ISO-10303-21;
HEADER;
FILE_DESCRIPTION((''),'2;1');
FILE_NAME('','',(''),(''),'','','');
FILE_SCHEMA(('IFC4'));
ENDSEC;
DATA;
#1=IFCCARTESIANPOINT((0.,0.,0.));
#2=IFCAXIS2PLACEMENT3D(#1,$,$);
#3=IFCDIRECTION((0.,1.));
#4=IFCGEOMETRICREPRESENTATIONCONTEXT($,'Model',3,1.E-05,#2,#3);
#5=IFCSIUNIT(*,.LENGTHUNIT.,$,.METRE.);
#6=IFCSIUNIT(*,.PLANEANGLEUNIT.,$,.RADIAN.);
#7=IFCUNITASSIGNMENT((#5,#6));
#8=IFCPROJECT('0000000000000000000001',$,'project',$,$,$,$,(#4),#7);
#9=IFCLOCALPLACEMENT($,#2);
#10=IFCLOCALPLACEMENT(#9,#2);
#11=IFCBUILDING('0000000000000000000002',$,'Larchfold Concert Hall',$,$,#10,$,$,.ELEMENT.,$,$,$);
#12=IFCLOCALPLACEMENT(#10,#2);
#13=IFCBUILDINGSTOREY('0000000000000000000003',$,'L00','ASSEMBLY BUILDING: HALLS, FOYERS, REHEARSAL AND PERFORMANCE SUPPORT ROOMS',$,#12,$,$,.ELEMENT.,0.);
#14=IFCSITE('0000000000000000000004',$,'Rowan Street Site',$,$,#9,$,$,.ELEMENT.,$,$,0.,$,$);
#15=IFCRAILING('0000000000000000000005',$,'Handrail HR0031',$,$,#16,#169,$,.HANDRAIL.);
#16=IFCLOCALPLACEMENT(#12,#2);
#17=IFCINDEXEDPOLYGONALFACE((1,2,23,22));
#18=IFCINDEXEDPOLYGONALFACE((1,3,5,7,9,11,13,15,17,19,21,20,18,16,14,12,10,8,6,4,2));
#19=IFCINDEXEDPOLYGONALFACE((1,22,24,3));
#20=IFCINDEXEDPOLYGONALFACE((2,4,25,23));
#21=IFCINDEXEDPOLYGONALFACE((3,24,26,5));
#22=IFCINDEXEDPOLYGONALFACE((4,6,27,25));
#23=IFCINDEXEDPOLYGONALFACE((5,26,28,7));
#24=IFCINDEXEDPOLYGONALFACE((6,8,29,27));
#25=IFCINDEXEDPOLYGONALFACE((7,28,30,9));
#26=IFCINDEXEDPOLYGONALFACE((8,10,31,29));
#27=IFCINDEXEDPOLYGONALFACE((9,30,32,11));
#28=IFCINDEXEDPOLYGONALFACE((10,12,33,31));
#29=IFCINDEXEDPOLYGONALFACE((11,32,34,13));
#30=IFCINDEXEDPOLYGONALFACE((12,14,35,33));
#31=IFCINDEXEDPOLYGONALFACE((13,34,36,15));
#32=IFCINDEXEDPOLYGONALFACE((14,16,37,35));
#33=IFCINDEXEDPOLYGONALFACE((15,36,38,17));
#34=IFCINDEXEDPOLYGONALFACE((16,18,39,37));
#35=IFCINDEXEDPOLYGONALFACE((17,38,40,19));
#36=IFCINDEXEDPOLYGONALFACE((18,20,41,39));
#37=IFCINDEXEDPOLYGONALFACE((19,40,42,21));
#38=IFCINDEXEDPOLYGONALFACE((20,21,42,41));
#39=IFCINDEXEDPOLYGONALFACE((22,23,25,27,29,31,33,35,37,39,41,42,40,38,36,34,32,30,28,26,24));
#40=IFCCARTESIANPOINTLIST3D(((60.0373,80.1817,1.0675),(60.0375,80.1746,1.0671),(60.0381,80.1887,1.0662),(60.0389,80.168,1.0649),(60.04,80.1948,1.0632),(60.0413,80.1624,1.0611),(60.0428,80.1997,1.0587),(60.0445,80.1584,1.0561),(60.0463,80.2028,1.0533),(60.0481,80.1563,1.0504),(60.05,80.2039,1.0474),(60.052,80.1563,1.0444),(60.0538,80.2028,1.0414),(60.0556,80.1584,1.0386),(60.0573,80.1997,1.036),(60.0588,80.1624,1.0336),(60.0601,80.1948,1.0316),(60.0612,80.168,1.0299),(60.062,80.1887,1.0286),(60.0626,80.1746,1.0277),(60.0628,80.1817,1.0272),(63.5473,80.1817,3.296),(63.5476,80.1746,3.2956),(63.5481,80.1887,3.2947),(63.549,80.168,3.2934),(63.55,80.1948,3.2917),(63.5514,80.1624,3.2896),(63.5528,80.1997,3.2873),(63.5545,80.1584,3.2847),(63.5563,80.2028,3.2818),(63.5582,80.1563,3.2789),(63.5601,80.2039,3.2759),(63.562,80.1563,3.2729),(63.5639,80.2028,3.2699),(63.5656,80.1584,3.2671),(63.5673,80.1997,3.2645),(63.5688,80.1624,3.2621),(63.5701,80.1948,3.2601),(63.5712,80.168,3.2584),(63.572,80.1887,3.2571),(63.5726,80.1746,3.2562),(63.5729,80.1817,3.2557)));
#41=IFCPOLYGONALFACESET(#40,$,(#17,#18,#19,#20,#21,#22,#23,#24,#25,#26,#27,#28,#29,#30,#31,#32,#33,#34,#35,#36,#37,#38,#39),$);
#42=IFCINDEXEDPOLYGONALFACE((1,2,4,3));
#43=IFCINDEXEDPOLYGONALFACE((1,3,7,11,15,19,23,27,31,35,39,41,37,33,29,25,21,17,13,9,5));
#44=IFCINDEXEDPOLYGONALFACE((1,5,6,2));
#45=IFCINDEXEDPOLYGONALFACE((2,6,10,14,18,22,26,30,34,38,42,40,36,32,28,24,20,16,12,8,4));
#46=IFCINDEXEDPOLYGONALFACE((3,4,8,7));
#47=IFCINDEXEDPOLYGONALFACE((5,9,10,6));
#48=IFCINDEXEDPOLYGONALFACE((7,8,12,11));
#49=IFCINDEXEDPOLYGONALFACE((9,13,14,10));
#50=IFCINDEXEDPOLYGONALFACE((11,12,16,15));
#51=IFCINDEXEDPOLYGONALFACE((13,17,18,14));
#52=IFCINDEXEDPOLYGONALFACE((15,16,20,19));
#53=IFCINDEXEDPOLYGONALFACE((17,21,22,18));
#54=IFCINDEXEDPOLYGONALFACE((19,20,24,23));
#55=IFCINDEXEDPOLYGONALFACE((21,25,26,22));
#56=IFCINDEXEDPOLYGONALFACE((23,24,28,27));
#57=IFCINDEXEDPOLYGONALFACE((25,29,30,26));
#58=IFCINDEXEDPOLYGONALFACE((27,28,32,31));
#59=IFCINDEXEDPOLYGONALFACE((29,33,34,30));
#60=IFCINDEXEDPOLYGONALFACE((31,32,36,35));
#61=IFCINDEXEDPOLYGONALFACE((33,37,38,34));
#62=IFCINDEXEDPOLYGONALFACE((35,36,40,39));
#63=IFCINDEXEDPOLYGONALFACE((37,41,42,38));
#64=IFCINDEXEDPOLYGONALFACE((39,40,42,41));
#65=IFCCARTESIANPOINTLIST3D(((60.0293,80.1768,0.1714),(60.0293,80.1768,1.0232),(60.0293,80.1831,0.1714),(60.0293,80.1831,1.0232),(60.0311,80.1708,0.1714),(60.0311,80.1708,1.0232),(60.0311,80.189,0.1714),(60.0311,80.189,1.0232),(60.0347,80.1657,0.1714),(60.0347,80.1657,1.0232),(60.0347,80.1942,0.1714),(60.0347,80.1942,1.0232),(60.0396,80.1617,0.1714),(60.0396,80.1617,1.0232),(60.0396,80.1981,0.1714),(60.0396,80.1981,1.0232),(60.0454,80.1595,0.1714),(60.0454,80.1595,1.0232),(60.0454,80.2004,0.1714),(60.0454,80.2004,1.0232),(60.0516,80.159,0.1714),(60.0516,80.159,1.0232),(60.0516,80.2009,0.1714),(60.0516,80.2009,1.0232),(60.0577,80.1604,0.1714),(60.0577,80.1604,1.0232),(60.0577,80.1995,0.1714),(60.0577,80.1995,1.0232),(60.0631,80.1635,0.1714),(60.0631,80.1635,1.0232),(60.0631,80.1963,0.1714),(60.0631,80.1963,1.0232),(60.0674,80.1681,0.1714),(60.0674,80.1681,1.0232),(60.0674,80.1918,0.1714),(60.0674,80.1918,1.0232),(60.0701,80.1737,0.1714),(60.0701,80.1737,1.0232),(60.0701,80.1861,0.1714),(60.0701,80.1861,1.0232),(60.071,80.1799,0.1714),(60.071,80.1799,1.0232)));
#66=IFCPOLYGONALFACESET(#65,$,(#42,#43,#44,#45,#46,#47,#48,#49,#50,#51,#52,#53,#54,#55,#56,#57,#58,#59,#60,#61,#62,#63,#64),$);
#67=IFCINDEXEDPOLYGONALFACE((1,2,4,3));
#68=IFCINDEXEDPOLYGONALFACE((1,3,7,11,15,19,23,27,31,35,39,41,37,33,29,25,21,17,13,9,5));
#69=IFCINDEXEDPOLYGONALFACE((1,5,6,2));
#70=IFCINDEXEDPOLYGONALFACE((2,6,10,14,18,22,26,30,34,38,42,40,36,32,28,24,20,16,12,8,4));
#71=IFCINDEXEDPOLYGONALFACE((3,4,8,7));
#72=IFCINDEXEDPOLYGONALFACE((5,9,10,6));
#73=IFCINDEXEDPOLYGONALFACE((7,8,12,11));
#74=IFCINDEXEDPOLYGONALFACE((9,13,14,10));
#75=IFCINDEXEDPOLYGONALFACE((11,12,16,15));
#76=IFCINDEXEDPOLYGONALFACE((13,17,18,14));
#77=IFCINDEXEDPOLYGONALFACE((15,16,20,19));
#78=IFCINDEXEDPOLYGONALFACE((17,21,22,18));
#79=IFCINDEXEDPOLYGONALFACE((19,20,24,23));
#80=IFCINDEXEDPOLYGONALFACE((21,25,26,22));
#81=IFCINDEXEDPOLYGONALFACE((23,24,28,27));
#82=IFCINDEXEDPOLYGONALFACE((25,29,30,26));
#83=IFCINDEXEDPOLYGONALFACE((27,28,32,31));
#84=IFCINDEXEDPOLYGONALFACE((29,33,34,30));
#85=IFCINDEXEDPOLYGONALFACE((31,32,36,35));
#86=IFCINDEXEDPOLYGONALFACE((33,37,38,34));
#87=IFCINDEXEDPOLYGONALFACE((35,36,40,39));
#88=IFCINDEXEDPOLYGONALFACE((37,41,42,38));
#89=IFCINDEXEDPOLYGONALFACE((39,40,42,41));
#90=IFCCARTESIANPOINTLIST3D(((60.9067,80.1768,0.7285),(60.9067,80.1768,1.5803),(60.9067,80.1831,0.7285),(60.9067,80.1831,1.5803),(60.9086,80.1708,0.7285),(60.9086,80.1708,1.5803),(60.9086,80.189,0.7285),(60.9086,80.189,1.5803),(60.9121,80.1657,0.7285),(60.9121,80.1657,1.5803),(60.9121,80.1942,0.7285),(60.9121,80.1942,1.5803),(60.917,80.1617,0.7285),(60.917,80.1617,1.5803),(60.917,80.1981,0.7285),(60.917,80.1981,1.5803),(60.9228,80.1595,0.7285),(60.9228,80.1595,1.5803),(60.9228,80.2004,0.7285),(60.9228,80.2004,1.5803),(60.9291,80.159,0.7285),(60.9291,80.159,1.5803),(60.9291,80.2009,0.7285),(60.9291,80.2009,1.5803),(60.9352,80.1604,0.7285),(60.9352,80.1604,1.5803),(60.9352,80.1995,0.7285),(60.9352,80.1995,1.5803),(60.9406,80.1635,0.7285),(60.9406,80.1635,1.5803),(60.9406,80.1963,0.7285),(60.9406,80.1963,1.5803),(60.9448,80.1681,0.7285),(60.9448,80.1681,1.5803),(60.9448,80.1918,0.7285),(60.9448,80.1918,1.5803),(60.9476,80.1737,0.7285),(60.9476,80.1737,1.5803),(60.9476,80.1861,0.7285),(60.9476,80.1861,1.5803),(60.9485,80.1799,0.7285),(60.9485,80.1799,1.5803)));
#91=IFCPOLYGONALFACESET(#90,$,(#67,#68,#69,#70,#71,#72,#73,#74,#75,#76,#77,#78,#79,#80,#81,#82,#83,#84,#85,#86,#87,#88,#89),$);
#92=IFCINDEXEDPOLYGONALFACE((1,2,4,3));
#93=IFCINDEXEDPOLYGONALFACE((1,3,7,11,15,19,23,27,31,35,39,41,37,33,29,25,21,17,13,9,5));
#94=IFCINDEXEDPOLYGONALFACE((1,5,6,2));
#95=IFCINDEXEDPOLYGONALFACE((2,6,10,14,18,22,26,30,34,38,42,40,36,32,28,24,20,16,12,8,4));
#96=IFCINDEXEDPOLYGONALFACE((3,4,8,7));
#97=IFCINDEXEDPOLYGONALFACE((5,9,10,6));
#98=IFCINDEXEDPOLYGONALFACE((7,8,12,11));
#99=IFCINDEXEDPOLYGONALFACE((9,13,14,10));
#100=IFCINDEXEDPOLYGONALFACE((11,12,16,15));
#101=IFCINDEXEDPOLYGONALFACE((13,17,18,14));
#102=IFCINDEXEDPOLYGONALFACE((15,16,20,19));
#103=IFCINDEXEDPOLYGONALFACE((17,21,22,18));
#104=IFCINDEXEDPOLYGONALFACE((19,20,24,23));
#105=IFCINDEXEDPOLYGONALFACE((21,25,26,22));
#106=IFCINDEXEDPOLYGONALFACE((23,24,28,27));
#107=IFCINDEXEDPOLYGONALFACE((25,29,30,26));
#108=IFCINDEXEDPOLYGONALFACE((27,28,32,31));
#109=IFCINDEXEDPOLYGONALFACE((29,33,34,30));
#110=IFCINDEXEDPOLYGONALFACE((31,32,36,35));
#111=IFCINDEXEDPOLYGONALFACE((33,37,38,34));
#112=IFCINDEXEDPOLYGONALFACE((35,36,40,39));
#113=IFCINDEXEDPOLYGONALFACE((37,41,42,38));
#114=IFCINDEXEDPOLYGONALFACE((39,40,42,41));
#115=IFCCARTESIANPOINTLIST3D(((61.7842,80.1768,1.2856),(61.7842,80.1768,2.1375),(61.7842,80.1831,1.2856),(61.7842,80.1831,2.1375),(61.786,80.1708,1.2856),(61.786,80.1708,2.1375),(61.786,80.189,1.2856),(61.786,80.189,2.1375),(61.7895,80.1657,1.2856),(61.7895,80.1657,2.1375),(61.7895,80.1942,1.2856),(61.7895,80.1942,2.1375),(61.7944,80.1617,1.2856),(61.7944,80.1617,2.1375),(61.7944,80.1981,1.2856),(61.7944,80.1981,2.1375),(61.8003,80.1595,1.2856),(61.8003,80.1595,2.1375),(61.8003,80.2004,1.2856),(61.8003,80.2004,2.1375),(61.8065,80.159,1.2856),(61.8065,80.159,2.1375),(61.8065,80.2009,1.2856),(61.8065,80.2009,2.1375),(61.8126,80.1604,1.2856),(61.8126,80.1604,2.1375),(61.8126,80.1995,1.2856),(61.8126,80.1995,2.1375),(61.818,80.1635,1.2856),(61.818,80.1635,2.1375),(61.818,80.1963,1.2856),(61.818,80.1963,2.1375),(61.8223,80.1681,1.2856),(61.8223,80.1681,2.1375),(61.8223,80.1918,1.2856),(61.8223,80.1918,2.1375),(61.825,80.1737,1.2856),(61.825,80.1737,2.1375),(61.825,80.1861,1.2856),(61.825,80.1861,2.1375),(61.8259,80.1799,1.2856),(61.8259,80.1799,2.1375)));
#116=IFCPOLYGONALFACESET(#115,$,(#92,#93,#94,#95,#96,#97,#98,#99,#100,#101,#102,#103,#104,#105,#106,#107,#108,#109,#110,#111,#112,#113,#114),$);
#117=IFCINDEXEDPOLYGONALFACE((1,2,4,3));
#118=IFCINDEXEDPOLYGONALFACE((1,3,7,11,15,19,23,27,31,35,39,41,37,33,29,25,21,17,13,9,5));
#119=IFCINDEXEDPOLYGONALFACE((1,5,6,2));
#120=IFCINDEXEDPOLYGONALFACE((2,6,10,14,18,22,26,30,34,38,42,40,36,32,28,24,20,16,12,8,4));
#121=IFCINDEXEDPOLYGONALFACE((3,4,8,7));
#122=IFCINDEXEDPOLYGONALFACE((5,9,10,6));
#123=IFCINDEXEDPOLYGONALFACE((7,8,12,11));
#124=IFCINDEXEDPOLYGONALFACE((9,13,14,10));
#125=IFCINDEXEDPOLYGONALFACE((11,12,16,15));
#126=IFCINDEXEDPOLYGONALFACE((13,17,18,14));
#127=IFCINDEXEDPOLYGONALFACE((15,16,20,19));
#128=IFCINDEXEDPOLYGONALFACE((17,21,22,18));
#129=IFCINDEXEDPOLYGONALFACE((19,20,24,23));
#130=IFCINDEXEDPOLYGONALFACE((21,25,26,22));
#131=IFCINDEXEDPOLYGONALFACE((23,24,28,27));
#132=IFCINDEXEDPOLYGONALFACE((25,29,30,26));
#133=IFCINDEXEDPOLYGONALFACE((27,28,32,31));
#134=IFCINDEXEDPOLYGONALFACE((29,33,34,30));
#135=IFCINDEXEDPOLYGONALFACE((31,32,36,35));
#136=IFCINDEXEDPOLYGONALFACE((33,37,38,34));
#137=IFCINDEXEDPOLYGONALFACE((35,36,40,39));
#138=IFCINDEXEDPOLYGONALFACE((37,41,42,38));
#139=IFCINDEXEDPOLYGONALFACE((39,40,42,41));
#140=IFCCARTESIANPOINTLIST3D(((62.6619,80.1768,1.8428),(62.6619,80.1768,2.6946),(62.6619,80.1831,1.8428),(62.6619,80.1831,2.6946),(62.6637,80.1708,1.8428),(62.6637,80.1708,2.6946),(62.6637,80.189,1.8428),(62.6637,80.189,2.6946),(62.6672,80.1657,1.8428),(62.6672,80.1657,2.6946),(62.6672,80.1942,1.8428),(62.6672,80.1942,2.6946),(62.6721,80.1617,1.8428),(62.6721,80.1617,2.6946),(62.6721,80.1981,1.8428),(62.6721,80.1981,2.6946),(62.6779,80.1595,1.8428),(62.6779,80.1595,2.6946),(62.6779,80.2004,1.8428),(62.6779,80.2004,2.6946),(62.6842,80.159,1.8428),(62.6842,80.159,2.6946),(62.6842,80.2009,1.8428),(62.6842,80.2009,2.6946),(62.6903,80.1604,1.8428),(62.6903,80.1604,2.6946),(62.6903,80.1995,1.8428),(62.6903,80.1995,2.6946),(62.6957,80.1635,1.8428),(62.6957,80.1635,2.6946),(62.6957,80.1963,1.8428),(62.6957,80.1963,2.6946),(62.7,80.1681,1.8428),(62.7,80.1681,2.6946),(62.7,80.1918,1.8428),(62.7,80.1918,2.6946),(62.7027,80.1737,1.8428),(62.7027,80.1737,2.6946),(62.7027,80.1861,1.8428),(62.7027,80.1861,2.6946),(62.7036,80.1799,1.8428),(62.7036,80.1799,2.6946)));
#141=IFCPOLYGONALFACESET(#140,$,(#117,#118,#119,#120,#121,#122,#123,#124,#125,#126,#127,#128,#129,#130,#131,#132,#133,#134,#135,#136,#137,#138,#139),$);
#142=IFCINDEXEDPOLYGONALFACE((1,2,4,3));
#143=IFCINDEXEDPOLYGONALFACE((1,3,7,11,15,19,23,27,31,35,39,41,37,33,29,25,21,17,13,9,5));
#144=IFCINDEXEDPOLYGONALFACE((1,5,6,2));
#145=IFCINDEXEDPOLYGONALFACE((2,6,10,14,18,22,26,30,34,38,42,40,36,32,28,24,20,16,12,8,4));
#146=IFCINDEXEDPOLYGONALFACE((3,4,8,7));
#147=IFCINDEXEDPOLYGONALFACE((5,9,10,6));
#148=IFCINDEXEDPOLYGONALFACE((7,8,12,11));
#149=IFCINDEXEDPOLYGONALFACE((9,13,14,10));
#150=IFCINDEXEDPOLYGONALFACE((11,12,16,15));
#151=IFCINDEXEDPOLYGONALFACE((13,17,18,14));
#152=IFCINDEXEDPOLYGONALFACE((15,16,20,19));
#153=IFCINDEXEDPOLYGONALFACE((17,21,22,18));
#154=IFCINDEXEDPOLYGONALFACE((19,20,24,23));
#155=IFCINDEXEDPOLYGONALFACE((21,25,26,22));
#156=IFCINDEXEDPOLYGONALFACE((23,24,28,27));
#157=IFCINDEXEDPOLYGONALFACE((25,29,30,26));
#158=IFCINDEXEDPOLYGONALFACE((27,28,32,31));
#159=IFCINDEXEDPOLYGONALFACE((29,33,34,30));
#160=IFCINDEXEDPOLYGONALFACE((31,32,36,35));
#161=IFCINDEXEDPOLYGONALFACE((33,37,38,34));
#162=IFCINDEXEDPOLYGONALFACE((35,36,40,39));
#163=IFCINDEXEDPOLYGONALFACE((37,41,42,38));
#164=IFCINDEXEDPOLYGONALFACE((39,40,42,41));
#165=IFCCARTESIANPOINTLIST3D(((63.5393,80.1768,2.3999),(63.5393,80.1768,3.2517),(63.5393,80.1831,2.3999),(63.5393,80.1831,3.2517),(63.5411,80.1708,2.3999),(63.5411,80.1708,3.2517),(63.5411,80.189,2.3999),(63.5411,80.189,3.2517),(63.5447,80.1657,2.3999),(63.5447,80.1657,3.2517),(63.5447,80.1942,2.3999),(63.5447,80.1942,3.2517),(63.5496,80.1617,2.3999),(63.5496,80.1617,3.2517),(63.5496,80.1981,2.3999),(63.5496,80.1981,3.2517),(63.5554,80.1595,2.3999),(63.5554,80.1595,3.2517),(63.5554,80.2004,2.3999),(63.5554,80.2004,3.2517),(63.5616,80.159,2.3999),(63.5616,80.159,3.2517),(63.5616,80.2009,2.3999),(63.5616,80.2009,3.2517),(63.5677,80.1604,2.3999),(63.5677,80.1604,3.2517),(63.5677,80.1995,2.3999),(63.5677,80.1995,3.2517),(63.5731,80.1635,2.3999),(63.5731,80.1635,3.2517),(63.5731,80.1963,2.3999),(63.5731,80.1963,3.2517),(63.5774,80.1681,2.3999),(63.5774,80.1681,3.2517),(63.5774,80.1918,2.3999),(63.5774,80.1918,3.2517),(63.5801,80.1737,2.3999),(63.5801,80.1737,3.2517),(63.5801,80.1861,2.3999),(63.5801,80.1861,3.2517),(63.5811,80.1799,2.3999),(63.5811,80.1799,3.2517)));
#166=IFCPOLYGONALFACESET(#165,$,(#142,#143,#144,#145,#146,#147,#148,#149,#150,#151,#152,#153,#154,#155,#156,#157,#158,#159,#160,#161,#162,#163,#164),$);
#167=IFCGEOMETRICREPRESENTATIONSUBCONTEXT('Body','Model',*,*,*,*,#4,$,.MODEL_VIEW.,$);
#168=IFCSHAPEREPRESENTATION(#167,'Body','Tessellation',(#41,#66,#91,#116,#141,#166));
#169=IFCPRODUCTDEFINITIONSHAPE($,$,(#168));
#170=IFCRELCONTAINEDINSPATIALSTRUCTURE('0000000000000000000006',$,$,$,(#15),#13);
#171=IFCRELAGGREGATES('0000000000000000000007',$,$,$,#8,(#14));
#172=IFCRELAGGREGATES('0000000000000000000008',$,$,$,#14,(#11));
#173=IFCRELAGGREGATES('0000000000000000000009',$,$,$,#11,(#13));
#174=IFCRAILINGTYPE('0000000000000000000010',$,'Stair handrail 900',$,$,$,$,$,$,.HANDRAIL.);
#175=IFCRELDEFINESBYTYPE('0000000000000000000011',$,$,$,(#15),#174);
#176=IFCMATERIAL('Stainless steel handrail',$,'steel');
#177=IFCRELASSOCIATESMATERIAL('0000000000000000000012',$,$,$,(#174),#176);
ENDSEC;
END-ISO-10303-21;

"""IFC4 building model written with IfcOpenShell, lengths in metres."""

from ifc_helpers import new_model, si_unit, direction, frame, origin, origin_2d, place, context, subcontext, project, spatial, circle, extrude, material, type_object, element, save


model = new_model("IFC4")

# Units and contexts
model_context = context("Model", 3, precision=1e-05, world=origin(), true_north=direction((0.0, 1.0)))
body_context = subcontext(model_context, "Body", "Model", "MODEL_VIEW")
ifc_project = project(units=[si_unit("LENGTHUNIT", "METRE"), si_unit("PLANEANGLEUNIT", "RADIAN")], contexts=[model_context])

# Site, building, storey
site_placement = place(None, origin())
site = spatial("IfcSite", under=ifc_project, at=site_placement, Name="Rowan Street Site", CompositionType="ELEMENT", RefElevation=0.0)
building_placement = place(site_placement, origin())
building = spatial("IfcBuilding", under=site, at=building_placement, Name="Larchfold Concert Hall", CompositionType="ELEMENT")
storey_placement = place(building_placement, origin())
storey = spatial("IfcBuildingStorey", under=building, at=storey_placement, Name="L00", Description="ASSEMBLY BUILDING: HALLS, FOYERS, REHEARSAL AND PERFORMANCE SUPPORT ROOMS", CompositionType="ELEMENT", Elevation=0.0)

# Railing
ifc_material_1 = material(Name="Stainless steel handrail", Category="steel")
railing_type_1 = type_object("IfcRailingType", Name="Stair handrail 900", PredefinedType="HANDRAIL", material=ifc_material_1)
for number, where, name in (
    (1, (60.05, 80.1799, 0.1714), "Handrail HR0031"),
):
    element("IfcRailing", number, at=place(storey_placement, frame(where)), inside=storey, type_object=railing_type_1, Name=name, PredefinedType="HANDRAIL", context=body_context, shape_type="SweptSolid", body=[
        extrude(circle(Radius=0.0239, at=origin_2d()), frame((0.0, 0.0, 0.876), z_axis=(0.84422, 0.0, 0.535998), x_axis=(0.0, 1.0, 0.0)), (0.0, 0.0, 1.0), 4.1577),
        extrude(circle(Radius=0.021, at=origin_2d()), origin(), (0.0, 0.0, 1.0), 0.8518),
        extrude(circle(Radius=0.021, at=origin_2d()), frame((0.8774, 0.0, 0.5571)), (0.0, 0.0, 1.0), 0.8518),
        extrude(circle(Radius=0.021, at=origin_2d()), frame((1.7549, 0.0, 1.1143)), (0.0, 0.0, 1.0), 0.8518),
        extrude(circle(Radius=0.021, at=origin_2d()), frame((2.6326, 0.0, 1.6714)), (0.0, 0.0, 1.0), 0.8518),
        extrude(circle(Radius=0.021, at=origin_2d()), frame((3.51, 0.0, 2.2285)), (0.0, 0.0, 1.0), 0.8518),
    ])

save(model, "model.ifc")
